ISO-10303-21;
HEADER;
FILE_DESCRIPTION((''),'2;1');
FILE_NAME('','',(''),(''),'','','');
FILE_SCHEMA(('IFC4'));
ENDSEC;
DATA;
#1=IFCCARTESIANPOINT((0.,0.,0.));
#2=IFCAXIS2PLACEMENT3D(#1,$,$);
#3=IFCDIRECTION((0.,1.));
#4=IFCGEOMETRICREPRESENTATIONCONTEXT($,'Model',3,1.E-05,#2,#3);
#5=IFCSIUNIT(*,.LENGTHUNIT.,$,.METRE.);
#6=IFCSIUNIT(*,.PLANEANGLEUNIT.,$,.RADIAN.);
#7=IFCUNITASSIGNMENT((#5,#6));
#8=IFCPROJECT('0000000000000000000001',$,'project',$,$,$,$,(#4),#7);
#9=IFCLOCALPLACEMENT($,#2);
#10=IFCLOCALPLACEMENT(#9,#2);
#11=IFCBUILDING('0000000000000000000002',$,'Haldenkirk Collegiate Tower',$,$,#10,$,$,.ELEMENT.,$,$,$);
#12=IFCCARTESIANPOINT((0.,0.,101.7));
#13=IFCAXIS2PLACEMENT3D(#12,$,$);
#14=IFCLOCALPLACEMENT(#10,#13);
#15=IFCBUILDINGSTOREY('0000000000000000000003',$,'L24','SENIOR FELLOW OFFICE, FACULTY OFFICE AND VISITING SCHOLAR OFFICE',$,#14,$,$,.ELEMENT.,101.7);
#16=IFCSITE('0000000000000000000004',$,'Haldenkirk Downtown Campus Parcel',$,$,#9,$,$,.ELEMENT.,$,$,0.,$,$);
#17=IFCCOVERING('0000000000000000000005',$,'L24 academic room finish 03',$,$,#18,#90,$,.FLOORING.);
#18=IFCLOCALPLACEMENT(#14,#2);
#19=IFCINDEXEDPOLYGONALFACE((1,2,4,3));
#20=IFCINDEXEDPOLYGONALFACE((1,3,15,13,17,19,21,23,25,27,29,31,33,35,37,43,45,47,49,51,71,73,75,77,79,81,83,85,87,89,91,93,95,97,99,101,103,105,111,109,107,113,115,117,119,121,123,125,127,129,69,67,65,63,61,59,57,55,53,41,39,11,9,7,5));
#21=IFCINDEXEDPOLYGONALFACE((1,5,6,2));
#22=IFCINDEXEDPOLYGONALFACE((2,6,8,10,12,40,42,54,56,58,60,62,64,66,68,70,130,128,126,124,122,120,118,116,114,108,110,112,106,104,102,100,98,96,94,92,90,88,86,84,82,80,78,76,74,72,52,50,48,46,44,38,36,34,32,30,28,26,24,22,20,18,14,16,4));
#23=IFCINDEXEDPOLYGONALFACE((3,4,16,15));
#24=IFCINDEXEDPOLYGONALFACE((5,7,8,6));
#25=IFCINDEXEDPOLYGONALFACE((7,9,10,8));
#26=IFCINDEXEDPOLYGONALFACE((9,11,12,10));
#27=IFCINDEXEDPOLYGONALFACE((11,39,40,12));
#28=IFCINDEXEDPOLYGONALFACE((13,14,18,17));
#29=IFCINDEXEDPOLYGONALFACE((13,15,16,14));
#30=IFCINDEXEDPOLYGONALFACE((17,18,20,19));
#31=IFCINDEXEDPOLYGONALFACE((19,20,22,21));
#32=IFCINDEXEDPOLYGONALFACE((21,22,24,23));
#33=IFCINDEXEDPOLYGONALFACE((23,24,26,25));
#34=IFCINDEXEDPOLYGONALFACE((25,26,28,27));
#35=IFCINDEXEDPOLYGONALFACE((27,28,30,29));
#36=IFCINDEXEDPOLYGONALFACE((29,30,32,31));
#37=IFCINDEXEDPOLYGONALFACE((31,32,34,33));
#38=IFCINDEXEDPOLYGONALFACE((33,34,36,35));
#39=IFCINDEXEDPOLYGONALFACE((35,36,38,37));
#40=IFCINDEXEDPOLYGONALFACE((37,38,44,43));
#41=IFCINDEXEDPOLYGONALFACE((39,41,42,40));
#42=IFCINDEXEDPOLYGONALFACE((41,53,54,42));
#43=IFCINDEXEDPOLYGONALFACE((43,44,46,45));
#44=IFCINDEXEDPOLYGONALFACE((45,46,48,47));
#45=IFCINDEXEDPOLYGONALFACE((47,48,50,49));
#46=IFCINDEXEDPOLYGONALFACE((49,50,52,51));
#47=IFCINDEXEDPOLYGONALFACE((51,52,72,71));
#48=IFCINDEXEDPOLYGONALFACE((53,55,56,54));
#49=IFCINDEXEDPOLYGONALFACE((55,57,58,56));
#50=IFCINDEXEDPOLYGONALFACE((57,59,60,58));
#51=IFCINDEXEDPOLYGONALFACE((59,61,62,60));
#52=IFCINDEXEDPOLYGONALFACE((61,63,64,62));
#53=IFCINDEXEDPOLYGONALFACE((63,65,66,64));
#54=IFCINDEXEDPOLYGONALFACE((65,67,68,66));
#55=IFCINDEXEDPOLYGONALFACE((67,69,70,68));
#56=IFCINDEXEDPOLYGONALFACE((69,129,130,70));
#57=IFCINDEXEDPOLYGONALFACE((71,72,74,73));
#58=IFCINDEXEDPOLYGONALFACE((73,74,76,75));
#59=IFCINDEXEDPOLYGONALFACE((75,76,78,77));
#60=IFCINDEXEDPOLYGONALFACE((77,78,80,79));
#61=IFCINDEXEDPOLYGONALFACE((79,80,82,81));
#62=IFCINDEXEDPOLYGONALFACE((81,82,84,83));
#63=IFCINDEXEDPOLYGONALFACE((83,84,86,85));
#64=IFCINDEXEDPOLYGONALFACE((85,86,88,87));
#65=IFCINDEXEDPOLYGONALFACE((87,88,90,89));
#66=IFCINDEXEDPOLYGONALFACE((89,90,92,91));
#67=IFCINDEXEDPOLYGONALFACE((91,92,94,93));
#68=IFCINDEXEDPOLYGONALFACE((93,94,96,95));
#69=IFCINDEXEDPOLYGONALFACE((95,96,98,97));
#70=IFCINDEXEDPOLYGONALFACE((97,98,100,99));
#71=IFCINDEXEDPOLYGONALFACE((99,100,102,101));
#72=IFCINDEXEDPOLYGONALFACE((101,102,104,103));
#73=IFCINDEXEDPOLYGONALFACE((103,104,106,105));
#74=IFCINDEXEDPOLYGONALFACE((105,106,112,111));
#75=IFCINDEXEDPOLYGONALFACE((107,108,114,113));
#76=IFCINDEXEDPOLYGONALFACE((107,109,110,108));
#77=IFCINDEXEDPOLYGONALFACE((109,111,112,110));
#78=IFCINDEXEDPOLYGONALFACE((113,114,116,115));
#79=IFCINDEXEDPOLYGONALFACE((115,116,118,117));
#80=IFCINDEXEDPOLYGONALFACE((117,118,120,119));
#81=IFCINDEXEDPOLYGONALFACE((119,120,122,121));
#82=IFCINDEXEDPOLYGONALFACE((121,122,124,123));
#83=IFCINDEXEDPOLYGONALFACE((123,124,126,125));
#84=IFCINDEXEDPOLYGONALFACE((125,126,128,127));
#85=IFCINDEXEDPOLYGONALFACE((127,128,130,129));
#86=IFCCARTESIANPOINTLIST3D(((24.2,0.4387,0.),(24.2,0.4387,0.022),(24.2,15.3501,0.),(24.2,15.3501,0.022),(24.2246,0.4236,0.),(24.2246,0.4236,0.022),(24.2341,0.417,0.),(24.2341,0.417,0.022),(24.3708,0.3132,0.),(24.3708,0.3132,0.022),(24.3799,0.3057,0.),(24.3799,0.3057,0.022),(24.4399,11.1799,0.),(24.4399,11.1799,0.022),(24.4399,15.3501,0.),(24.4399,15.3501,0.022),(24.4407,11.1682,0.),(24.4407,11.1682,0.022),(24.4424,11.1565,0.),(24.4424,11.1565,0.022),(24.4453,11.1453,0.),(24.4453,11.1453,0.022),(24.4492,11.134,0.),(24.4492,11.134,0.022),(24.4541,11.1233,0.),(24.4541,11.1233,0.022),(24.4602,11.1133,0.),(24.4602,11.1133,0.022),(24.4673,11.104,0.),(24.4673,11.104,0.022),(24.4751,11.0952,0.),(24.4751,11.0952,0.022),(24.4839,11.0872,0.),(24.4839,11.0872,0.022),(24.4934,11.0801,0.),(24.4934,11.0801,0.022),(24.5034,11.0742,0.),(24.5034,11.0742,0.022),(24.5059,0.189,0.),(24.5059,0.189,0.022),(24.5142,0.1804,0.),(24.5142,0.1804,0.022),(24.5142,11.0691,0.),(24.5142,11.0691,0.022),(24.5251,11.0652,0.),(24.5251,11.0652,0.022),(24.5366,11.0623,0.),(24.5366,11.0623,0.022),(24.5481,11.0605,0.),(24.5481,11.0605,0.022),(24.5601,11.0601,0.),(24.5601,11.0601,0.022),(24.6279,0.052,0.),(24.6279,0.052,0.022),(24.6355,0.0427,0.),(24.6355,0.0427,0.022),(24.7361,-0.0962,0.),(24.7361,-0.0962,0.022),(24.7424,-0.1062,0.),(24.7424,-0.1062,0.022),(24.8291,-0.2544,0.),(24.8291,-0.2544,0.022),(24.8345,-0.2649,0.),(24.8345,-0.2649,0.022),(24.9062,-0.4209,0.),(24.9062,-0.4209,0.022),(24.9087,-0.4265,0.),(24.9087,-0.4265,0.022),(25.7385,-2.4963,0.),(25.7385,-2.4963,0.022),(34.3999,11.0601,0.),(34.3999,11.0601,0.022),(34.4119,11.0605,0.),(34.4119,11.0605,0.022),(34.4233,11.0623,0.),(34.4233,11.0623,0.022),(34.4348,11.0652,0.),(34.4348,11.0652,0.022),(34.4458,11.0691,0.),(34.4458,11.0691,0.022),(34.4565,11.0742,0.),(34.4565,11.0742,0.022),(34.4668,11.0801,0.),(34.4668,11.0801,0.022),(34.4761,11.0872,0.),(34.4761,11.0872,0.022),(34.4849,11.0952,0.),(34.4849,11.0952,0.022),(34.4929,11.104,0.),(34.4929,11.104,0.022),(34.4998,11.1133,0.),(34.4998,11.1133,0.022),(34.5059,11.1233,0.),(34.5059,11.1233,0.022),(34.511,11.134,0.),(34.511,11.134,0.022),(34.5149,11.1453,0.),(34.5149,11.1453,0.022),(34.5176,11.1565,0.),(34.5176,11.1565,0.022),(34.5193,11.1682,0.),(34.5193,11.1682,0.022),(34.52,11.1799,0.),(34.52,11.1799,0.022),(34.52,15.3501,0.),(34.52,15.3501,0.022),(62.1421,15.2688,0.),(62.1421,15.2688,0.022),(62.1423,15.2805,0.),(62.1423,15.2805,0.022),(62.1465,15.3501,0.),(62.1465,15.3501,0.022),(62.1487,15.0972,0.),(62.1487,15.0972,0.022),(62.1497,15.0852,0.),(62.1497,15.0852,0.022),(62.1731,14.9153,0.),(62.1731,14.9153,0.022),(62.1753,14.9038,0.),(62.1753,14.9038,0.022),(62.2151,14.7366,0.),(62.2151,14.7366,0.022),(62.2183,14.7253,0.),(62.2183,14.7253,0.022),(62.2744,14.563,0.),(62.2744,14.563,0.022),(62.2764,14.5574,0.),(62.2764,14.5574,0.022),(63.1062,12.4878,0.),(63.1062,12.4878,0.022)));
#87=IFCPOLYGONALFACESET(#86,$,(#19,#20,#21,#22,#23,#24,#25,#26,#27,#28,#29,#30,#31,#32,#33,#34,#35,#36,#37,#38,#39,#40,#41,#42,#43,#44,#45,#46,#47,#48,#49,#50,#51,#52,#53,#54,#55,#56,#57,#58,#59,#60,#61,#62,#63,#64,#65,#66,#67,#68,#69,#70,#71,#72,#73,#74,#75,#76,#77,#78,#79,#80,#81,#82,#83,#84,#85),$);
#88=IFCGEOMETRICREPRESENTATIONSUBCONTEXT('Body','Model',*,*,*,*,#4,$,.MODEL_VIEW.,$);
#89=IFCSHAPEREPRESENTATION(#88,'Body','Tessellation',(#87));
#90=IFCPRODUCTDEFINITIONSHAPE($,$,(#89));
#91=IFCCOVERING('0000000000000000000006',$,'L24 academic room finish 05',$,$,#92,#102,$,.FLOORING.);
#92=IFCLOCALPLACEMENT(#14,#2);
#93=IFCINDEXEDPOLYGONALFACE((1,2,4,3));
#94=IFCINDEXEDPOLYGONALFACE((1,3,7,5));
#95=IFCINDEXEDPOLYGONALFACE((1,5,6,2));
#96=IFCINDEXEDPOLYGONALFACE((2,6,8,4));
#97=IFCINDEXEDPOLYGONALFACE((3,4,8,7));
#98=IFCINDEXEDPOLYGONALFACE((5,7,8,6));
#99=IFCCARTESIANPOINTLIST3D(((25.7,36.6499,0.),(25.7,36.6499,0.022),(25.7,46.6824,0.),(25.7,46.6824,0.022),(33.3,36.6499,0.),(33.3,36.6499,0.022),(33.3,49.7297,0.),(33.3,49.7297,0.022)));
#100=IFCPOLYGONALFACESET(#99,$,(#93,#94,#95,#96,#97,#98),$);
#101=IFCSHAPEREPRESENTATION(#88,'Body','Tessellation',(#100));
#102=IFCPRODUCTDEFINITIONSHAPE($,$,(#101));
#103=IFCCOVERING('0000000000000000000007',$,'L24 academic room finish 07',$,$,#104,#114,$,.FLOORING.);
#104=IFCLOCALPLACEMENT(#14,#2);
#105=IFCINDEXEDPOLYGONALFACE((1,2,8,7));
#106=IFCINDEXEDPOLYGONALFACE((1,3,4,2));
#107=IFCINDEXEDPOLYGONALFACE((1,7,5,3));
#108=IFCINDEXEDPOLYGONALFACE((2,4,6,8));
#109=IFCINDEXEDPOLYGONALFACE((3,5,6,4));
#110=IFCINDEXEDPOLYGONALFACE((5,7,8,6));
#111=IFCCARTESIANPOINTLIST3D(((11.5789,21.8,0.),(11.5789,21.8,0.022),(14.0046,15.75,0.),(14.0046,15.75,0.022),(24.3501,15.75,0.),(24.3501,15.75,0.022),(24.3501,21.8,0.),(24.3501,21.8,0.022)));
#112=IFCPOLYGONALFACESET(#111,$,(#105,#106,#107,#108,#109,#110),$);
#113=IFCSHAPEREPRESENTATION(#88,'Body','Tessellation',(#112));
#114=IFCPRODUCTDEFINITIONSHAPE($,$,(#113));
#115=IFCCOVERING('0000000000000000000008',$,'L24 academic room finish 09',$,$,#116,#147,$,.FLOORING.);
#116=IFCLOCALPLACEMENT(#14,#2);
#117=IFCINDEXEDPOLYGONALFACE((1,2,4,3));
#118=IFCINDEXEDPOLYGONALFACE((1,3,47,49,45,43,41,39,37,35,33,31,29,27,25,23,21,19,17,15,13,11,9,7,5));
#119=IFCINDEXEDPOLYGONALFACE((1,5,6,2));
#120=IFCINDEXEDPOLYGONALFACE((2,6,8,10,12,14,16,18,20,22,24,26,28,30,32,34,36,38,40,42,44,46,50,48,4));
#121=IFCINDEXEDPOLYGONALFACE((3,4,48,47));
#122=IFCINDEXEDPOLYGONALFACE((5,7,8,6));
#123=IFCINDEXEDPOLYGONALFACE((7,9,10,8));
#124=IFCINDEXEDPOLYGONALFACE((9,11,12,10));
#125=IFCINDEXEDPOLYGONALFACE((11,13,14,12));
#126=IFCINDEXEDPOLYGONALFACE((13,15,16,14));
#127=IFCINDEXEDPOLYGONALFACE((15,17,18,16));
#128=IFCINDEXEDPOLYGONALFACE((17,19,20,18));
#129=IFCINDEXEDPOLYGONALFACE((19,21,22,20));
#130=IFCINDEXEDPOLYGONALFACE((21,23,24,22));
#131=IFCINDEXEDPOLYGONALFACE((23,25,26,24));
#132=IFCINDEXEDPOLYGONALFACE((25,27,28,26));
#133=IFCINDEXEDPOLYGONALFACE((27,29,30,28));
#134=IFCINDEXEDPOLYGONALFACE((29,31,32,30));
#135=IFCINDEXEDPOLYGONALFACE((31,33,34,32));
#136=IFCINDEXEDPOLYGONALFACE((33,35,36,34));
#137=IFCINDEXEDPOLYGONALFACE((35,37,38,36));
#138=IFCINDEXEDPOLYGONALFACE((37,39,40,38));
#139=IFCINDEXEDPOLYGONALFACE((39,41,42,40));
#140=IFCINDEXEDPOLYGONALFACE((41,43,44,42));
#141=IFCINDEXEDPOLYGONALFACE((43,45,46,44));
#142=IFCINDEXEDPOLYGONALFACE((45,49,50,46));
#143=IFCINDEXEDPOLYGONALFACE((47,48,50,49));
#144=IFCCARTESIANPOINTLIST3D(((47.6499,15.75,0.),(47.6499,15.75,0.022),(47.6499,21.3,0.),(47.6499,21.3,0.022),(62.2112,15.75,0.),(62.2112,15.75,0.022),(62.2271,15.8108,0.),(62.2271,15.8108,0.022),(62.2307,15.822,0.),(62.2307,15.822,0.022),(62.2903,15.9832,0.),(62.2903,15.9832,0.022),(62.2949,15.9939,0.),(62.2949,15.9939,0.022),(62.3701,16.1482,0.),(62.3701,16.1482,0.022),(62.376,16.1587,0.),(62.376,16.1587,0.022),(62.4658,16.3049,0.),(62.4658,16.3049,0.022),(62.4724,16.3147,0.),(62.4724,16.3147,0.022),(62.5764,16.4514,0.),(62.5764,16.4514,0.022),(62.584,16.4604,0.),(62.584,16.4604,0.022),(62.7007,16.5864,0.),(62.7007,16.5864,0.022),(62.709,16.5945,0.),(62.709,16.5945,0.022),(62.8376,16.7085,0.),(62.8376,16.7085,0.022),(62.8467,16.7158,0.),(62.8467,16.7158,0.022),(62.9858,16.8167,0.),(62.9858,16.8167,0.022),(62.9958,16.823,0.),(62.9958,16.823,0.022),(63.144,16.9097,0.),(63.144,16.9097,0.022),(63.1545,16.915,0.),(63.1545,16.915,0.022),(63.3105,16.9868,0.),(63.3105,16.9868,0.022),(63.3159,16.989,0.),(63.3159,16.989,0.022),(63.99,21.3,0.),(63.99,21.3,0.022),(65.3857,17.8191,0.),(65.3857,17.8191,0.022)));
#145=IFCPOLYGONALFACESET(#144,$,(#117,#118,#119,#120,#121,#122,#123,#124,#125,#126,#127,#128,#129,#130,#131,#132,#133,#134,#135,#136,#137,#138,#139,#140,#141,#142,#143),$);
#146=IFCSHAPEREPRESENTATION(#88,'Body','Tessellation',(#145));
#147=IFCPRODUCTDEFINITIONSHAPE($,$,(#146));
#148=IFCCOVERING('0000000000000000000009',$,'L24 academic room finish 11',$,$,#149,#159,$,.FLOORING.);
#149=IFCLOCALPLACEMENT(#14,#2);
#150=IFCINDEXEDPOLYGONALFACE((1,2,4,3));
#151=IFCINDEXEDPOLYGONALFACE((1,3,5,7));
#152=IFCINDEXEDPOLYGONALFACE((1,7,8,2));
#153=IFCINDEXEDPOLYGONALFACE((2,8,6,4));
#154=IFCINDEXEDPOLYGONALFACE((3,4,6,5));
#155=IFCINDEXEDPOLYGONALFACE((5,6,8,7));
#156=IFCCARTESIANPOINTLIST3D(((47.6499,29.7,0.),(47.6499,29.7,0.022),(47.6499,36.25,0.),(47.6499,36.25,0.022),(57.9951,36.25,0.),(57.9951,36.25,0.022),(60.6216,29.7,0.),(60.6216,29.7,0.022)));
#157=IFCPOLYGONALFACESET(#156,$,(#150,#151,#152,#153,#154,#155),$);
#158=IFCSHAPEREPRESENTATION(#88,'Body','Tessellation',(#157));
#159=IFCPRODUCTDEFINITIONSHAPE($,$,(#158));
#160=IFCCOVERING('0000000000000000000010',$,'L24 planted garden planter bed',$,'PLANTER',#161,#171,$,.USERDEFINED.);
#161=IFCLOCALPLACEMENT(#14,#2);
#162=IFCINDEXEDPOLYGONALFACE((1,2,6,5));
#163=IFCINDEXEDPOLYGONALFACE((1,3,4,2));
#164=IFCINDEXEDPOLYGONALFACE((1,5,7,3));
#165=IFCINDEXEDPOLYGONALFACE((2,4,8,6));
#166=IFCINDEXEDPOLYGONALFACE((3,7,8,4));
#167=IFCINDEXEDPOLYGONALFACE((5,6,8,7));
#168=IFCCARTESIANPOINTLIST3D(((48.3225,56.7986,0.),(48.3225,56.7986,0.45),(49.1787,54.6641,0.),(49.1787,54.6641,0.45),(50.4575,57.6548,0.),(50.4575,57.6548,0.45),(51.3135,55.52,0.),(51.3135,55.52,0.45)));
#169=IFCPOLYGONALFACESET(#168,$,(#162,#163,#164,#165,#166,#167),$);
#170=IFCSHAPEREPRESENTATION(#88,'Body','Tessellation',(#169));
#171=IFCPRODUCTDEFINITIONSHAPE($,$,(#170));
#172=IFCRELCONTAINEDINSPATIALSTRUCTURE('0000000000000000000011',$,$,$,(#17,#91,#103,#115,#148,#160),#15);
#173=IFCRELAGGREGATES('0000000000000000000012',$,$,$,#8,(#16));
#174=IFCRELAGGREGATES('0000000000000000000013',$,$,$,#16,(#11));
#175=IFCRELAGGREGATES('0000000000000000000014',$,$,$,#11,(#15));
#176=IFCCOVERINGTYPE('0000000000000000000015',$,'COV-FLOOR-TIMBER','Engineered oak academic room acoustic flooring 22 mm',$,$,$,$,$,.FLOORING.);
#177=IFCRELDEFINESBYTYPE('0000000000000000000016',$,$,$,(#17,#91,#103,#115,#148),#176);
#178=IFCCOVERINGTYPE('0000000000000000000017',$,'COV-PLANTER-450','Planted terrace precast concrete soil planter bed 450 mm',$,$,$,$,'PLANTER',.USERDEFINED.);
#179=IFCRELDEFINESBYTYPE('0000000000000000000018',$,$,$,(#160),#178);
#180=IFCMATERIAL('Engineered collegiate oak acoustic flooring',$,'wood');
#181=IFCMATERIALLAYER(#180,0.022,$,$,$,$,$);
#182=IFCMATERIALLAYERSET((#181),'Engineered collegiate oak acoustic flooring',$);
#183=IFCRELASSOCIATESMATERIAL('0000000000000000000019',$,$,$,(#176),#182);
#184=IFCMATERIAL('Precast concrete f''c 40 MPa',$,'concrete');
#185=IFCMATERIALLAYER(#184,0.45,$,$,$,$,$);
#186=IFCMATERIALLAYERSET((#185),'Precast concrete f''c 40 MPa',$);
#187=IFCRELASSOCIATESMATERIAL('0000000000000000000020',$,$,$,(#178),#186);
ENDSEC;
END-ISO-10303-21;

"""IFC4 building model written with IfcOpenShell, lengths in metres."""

from ifc_helpers import new_model, si_unit, direction, frame, origin, place, context, subcontext, project, spatial, polyline, outline, extrude, material, layer, layer_set, type_object, element, save


model = new_model("IFC4")

# Units and contexts
model_context = context("Model", 3, precision=1e-05, world=origin(), true_north=direction((0.0, 1.0)))
body_context = subcontext(model_context, "Body", "Model", "MODEL_VIEW")
ifc_project = project(units=[si_unit("LENGTHUNIT", "METRE"), si_unit("PLANEANGLEUNIT", "RADIAN")], contexts=[model_context])

# Site, building, storey
site_placement = place(None, origin())
site = spatial("IfcSite", under=ifc_project, at=site_placement, Name="Haldenkirk Downtown Campus Parcel", CompositionType="ELEMENT", RefElevation=0.0)
building_placement = place(site_placement, origin())
building = spatial("IfcBuilding", under=site, at=building_placement, Name="Haldenkirk Collegiate Tower", CompositionType="ELEMENT")
storey_placement = place(building_placement, frame((0.0, 0.0, 101.7)))
storey = spatial("IfcBuildingStorey", under=building, at=storey_placement, Name="L24", Description="SENIOR FELLOW OFFICE, FACULTY OFFICE AND VISITING SCHOLAR OFFICE", CompositionType="ELEMENT", Elevation=101.7)

# Coverings
ifc_material_1 = material(Name="Engineered collegiate oak acoustic flooring", Category="wood")
ifc_layer_1 = layer(ifc_material_1, 0.022)
ifc_layer_set_1 = layer_set([ifc_layer_1], Name="Engineered collegiate oak acoustic flooring")
covering_type_1 = type_object("IfcCoveringType", Name="COV-FLOOR-TIMBER", Description="Engineered oak academic room acoustic flooring 22 mm", PredefinedType="FLOORING", material=ifc_layer_set_1)
covering_1_placement = place(storey_placement, origin())
element("IfcCovering", 1, at=covering_1_placement, inside=storey, type_object=covering_type_1, Name="L24 academic room finish 03", PredefinedType="FLOORING", context=body_context, shape_type="SweptSolid", body=[
    extrude(outline(polyline([(24.3799, 0.3057), (24.3708, 0.3132), (24.2341, 0.417), (24.2246, 0.4236), (24.2, 0.4387), (24.2, 15.3501), (24.4399, 15.3501), (24.4399, 11.1799), (24.4407, 11.1682), (24.4424, 11.1565), (24.4453, 11.1453), (24.4492, 11.134), (24.4541, 11.1233), (24.4602, 11.1133), (24.4673, 11.104), (24.4751, 11.0952), (24.4839, 11.0872), (24.4934, 11.0801), (24.5034, 11.0742), (24.5142, 11.0691), (24.5251, 11.0652), (24.5366, 11.0623), (24.5481, 11.0605), (24.5601, 11.0601), (34.3999, 11.0601), (34.4119, 11.0605), (34.4233, 11.0623), (34.4348, 11.0652), (34.4458, 11.0691), (34.4565, 11.0742), (34.4668, 11.0801), (34.4761, 11.0872), (34.4849, 11.0952), (34.4929, 11.104), (34.4998, 11.1133), (34.5059, 11.1233), (34.511, 11.134), (34.5149, 11.1453), (34.5176, 11.1565), (34.5193, 11.1682), (34.52, 11.1799), (34.52, 15.3501), (62.1465, 15.3501), (62.1423, 15.2805), (62.1421, 15.2688), (62.1487, 15.0972), (62.1497, 15.0852), (62.1731, 14.9153), (62.1753, 14.9038), (62.2151, 14.7366), (62.2183, 14.7253), (62.2744, 14.563), (62.2764, 14.5574), (63.1062, 12.4878), (25.7385, -2.4963), (24.9087, -0.4265), (24.9062, -0.4209), (24.8345, -0.2649), (24.8291, -0.2544), (24.7424, -0.1062), (24.7361, -0.0962), (24.6355, 0.0427), (24.6279, 0.052), (24.5142, 0.1804), (24.5059, 0.189), (24.3799, 0.3057)])), origin(), (0.0, 0.0, 1.0), 0.022),
])
covering_2_placement = place(storey_placement, origin())
element("IfcCovering", 2, at=covering_2_placement, inside=storey, type_object=covering_type_1, Name="L24 academic room finish 05", PredefinedType="FLOORING", context=body_context, shape_type="SweptSolid", body=[
    extrude(outline(polyline([(33.3, 49.7297), (33.3, 36.6499), (25.7, 36.6499), (25.7, 46.6824), (33.3, 49.7297)])), origin(), (0.0, 0.0, 1.0), 0.022),
])
covering_3_placement = place(storey_placement, origin())
element("IfcCovering", 3, at=covering_3_placement, inside=storey, type_object=covering_type_1, Name="L24 academic room finish 07", PredefinedType="FLOORING", context=body_context, shape_type="SweptSolid", body=[
    extrude(outline(polyline([(11.5789, 21.8), (24.3501, 21.8), (24.3501, 15.75), (14.0046, 15.75), (11.5789, 21.8)])), origin(), (0.0, 0.0, 1.0), 0.022),
])
covering_4_placement = place(storey_placement, origin())
element("IfcCovering", 4, at=covering_4_placement, inside=storey, type_object=covering_type_1, Name="L24 academic room finish 09", PredefinedType="FLOORING", context=body_context, shape_type="SweptSolid", body=[
    extrude(outline(polyline([(63.3159, 16.989), (63.3105, 16.9868), (63.1545, 16.915), (63.144, 16.9097), (62.9958, 16.823), (62.9858, 16.8167), (62.8467, 16.7158), (62.8376, 16.7085), (62.709, 16.5945), (62.7007, 16.5864), (62.584, 16.4604), (62.5764, 16.4514), (62.4724, 16.3147), (62.4658, 16.3049), (62.376, 16.1587), (62.3701, 16.1482), (62.2949, 15.9939), (62.2903, 15.9832), (62.2307, 15.822), (62.2271, 15.8108), (62.2112, 15.75), (47.6499, 15.75), (47.6499, 21.3), (63.99, 21.3), (65.3857, 17.8191), (63.3159, 16.989)])), origin(), (0.0, 0.0, 1.0), 0.022),
])
covering_5_placement = place(storey_placement, origin())
element("IfcCovering", 5, at=covering_5_placement, inside=storey, type_object=covering_type_1, Name="L24 academic room finish 11", PredefinedType="FLOORING", context=body_context, shape_type="SweptSolid", body=[
    extrude(outline(polyline([(60.6216, 29.7), (47.6499, 29.7), (47.6499, 36.25), (57.9951, 36.25), (60.6216, 29.7)])), origin(), (0.0, 0.0, 1.0), 0.022),
])
ifc_material_2 = material(Name="Precast concrete f'c 40 MPa", Category="concrete")
ifc_layer_2 = layer(ifc_material_2, 0.45)
ifc_layer_set_2 = layer_set([ifc_layer_2], Name="Precast concrete f'c 40 MPa")
covering_type_2 = type_object("IfcCoveringType", Name="COV-PLANTER-450", Description="Planted terrace precast concrete soil planter bed 450 mm", ElementType="PLANTER", PredefinedType="USERDEFINED", material=ifc_layer_set_2)
covering_6_placement = place(storey_placement, origin())
element("IfcCovering", 6, at=covering_6_placement, inside=storey, type_object=covering_type_2, Name="L24 planted garden planter bed", ObjectType="PLANTER", PredefinedType="USERDEFINED", context=body_context, shape_type="SweptSolid", body=[
    extrude(outline(polyline([(49.1787, 54.6641), (48.3225, 56.7986), (50.4575, 57.6548), (51.3135, 55.52), (49.1787, 54.6641)])), origin(), (0.0, 0.0, 1.0), 0.45),
])

save(model, "model.ifc")
